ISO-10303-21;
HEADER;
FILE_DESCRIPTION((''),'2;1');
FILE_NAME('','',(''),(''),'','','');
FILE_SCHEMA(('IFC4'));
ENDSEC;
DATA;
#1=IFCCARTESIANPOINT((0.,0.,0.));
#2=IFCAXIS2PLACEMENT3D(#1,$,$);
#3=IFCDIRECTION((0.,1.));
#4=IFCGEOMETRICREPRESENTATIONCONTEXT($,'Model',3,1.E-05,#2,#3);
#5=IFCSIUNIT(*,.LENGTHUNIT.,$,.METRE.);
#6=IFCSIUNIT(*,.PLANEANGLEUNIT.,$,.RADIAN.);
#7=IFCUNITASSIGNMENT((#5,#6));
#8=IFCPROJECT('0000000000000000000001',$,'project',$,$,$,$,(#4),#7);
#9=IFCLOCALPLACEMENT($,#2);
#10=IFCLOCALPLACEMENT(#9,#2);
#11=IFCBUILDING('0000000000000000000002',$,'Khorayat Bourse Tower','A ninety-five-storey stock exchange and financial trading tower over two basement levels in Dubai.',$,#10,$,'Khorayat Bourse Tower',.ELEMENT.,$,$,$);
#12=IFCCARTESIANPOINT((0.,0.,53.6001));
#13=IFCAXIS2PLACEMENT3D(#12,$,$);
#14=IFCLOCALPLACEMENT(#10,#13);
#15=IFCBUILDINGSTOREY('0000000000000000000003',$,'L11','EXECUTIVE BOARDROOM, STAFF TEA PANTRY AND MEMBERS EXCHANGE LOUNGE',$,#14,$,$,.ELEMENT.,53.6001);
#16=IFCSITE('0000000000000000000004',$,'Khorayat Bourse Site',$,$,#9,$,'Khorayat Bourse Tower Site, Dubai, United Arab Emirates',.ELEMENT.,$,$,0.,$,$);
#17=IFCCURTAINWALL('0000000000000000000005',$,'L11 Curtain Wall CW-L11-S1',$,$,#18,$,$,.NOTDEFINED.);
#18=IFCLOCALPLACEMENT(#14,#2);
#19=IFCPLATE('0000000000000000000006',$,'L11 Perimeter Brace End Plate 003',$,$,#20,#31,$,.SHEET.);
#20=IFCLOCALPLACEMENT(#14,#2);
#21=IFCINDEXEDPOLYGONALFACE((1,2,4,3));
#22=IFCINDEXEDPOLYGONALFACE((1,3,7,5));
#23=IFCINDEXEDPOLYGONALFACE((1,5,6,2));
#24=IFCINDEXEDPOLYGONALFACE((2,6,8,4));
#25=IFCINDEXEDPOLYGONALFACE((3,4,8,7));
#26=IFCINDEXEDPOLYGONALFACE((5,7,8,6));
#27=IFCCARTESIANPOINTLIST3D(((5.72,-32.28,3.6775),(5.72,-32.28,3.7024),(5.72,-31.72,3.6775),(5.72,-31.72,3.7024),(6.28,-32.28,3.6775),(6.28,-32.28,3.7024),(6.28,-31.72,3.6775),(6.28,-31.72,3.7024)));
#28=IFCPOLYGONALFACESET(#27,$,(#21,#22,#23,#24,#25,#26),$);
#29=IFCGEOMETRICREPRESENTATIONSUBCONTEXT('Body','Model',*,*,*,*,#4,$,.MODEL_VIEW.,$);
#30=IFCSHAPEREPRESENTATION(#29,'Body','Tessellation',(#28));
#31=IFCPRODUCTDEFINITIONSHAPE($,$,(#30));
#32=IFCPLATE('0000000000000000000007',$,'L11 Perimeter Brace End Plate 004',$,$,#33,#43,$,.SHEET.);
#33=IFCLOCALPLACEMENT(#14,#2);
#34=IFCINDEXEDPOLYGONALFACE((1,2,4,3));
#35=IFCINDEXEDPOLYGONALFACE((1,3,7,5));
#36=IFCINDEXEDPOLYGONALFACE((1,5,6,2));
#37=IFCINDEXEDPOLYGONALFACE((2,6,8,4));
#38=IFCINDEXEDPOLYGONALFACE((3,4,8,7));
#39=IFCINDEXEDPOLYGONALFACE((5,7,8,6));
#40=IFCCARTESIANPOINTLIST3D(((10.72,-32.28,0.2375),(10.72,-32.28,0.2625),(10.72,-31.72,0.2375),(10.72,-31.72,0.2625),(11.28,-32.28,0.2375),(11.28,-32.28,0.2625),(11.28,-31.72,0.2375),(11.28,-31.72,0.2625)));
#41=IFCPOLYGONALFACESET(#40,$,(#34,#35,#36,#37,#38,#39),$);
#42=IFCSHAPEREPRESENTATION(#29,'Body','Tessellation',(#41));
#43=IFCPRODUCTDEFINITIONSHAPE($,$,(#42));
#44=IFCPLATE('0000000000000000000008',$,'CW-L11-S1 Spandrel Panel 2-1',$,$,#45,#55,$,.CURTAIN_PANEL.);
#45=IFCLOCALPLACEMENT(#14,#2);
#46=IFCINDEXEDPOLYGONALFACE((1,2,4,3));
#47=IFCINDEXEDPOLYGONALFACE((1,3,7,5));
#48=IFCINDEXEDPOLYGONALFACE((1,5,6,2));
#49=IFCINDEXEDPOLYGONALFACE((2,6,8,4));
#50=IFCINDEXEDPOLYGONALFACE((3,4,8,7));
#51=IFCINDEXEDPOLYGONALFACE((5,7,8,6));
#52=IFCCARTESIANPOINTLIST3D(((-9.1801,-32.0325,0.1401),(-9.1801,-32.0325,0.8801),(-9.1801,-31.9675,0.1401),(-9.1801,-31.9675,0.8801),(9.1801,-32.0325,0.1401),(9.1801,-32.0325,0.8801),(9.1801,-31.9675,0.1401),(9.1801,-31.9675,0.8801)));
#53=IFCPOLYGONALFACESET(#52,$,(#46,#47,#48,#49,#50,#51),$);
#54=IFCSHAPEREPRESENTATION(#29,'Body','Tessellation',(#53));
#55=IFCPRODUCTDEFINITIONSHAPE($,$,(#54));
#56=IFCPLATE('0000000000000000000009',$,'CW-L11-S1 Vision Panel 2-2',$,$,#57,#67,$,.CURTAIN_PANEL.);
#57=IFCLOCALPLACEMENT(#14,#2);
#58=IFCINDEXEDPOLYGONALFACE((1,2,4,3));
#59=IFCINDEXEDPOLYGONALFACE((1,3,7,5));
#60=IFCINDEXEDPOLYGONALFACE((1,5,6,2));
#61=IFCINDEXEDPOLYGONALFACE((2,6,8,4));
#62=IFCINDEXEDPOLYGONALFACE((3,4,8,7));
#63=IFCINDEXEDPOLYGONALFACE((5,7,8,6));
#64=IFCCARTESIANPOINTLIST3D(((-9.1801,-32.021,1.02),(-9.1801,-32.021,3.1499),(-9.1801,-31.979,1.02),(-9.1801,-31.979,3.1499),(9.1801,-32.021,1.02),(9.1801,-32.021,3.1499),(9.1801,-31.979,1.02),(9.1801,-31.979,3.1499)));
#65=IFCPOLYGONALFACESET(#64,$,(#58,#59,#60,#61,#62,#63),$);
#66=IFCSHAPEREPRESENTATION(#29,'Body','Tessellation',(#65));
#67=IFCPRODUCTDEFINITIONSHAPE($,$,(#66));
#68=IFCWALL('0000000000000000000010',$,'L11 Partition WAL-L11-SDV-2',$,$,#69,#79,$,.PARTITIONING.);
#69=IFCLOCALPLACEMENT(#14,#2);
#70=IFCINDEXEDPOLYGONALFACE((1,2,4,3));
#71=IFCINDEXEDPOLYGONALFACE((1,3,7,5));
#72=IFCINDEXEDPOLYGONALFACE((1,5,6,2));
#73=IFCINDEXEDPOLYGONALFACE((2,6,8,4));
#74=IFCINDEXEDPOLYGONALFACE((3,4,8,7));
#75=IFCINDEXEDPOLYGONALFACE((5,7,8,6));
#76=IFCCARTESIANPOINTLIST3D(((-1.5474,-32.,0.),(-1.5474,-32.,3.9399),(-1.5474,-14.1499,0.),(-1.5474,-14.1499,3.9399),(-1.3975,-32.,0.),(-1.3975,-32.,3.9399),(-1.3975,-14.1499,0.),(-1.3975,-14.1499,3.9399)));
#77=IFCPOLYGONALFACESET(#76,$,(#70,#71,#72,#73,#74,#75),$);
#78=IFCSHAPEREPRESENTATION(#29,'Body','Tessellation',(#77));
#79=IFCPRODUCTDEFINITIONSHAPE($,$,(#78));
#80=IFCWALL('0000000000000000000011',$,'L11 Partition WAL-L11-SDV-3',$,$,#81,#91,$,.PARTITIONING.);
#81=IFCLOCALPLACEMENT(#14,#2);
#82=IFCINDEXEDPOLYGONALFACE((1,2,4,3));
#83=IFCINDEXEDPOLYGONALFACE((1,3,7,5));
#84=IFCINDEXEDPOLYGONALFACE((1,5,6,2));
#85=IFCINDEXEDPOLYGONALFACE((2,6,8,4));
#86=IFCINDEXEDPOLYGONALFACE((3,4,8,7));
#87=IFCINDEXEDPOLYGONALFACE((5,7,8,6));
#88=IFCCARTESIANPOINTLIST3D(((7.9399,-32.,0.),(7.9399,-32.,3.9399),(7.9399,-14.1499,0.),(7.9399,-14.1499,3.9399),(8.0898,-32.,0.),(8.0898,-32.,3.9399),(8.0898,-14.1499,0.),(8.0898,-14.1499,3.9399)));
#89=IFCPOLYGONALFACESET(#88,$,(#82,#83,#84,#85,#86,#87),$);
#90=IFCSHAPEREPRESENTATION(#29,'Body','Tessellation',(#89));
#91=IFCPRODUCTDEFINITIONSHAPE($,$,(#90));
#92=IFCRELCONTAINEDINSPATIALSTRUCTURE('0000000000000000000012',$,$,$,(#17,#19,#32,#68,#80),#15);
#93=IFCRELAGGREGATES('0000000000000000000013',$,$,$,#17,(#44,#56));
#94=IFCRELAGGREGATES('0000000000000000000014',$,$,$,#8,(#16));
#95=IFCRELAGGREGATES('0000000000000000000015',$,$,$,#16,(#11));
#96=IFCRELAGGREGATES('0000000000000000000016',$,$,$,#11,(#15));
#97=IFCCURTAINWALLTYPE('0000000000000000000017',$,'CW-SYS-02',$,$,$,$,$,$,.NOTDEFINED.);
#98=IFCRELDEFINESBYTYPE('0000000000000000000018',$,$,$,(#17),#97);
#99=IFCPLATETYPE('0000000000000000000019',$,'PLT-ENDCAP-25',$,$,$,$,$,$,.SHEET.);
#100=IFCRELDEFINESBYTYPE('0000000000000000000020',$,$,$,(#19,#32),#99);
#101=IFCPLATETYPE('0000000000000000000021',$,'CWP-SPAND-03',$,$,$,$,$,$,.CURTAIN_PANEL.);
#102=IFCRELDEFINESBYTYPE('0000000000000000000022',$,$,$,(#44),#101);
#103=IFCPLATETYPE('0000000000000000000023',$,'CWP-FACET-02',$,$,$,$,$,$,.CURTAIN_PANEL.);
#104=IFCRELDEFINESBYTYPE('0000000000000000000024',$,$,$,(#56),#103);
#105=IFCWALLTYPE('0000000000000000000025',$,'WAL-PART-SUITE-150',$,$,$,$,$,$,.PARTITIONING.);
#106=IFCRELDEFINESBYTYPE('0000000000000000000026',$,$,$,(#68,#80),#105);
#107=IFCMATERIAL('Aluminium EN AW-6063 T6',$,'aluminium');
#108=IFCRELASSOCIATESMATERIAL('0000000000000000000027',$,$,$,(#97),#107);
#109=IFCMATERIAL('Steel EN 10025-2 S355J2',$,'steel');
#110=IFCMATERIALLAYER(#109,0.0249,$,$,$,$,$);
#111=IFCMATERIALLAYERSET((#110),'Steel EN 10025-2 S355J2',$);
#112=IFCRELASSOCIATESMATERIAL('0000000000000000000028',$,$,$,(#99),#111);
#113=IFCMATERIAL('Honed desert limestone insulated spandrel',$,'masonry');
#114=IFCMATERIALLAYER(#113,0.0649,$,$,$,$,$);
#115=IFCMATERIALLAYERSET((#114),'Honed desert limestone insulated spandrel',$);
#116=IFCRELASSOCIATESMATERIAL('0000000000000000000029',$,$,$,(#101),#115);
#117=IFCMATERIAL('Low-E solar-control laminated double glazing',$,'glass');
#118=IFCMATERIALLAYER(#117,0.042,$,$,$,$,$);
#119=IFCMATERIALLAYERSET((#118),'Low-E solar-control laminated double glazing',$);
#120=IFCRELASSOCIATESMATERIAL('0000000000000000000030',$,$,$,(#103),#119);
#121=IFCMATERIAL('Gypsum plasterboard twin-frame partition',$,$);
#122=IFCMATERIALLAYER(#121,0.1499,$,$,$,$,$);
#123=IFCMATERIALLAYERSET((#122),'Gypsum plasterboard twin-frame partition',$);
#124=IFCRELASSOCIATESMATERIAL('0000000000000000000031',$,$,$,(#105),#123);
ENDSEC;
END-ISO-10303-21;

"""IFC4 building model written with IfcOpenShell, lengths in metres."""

from ifc_helpers import new_model, si_unit, direction, frame, frame_2d, origin, origin_2d, place, context, subcontext, project, spatial, rectangle, extrude, source, transform, mapped, material, layer, layer_set, type_object, element, aggregate, save


model = new_model("IFC4")

# Units and contexts
model_context = context("Model", 3, precision=1e-05, world=origin(), true_north=direction((0.0, 1.0)))
body_context = subcontext(model_context, "Body", "Model", "MODEL_VIEW")
ifc_project = project(units=[si_unit("LENGTHUNIT", "METRE"), si_unit("PLANEANGLEUNIT", "RADIAN")], contexts=[model_context])

# Site, building, storey
site_placement = place(None, origin())
site = spatial("IfcSite", under=ifc_project, at=site_placement, Name="Khorayat Bourse Site", LongName="Khorayat Bourse Tower Site, Dubai, United Arab Emirates", CompositionType="ELEMENT", RefElevation=0.0)
building_placement = place(site_placement, origin())
building = spatial("IfcBuilding", under=site, at=building_placement, Name="Khorayat Bourse Tower", Description="A ninety-five-storey stock exchange and financial trading tower over two basement levels in Dubai.", LongName="Khorayat Bourse Tower", CompositionType="ELEMENT")
storey_placement = place(building_placement, frame((0.0, 0.0, 53.6001)))
storey = spatial("IfcBuildingStorey", under=building, at=storey_placement, Name="L11", Description="EXECUTIVE BOARDROOM, STAFF TEA PANTRY AND MEMBERS EXCHANGE LOUNGE", CompositionType="ELEMENT", Elevation=53.6001)

# Curtain wall
ifc_material_1 = material(Name="Aluminium EN AW-6063 T6", Category="aluminium")
curtain_wall_type = type_object("IfcCurtainWallType", Name="CW-SYS-02", PredefinedType="NOTDEFINED", material=ifc_material_1)
curtain_wall_placement = place(storey_placement, origin())
curtain_wall = element("IfcCurtainWall", 1, at=curtain_wall_placement, inside=storey, type_object=curtain_wall_type, Name="L11 Curtain Wall CW-L11-S1", PredefinedType="NOTDEFINED")

# Plates
ifc_material_2 = material(Name="Steel EN 10025-2 S355J2", Category="steel")
ifc_layer_1 = layer(ifc_material_2, 0.0249)
ifc_layer_set_1 = layer_set([ifc_layer_1], Name="Steel EN 10025-2 S355J2")
plate_type_1 = type_object("IfcPlateType", Name="PLT-ENDCAP-25", PredefinedType="SHEET", material=ifc_layer_set_1)
shared_shape_1 = source(origin(), body_context, "Body", "SweptSolid", [
    extrude(rectangle(XDim=0.5601, YDim=0.5601, at=origin_2d()), origin(), (0.0, 0.0, 1.0), 0.0249),
])
for number, where, z_axis, x_axis, name in (
    (2, (6.0, -32.0, 3.6775), (0.0, 0.0, 1.0), (1.0, 0.0, 0.0), "L11 Perimeter Brace End Plate 003"),
    (3, (11.0, -32.0, 0.2375), (0.0, 0.0, 1.0), (1.0, 0.0, 0.0), "L11 Perimeter Brace End Plate 004"),
):
    element("IfcPlate", number, at=place(storey_placement, frame(where, z_axis=z_axis, x_axis=x_axis)), inside=storey, type_object=plate_type_1, Name=name, PredefinedType="SHEET", context=body_context, shape_type="MappedRepresentation", body=[
        mapped(shared_shape_1, transform((0.0, 0.0, 0.0), scale=1.0)),
    ])

# Plates
ifc_material_3 = material(Name="Honed desert limestone insulated spandrel", Category="masonry")
ifc_layer_2 = layer(ifc_material_3, 0.0649)
ifc_layer_set_2 = layer_set([ifc_layer_2], Name="Honed desert limestone insulated spandrel")
plate_type_2 = type_object("IfcPlateType", Name="CWP-SPAND-03", PredefinedType="CURTAIN_PANEL", material=ifc_layer_set_2)
shared_shape_2 = source(origin(), body_context, "Body", "SweptSolid", [
    extrude(rectangle(XDim=18.3601, YDim=0.0649, at=origin_2d()), origin(), (0.0, 0.0, 1.0), 0.74),
])
plate_1_placement = place(storey_placement, frame((0.0, -32.0, 0.1401), z_axis=(0.0, 0.0, 1.0), x_axis=(1.0, 0.0, 0.0)))
plate_1 = element("IfcPlate", 4, at=plate_1_placement, type_object=plate_type_2, Name="CW-L11-S1 Spandrel Panel 2-1", PredefinedType="CURTAIN_PANEL", context=body_context, shape_type="MappedRepresentation", body=[
    mapped(shared_shape_2, transform((0.0, 0.0, 0.0), scale=1.0)),
])
ifc_material_4 = material(Name="Low-E solar-control laminated double glazing", Category="glass")
ifc_layer_3 = layer(ifc_material_4, 0.042)
ifc_layer_set_3 = layer_set([ifc_layer_3], Name="Low-E solar-control laminated double glazing")
plate_type_3 = type_object("IfcPlateType", Name="CWP-FACET-02", PredefinedType="CURTAIN_PANEL", material=ifc_layer_set_3)
shared_shape_3 = source(origin(), body_context, "Body", "SweptSolid", [
    extrude(rectangle(XDim=18.3601, YDim=0.042, at=origin_2d()), origin(), (0.0, 0.0, 1.0), 2.1299),
])
plate_2_placement = place(storey_placement, frame((0.0, -32.0, 1.02), z_axis=(0.0, 0.0, 1.0), x_axis=(1.0, 0.0, 0.0)))
plate_2 = element("IfcPlate", 5, at=plate_2_placement, type_object=plate_type_3, Name="CW-L11-S1 Vision Panel 2-2", PredefinedType="CURTAIN_PANEL", context=body_context, shape_type="MappedRepresentation", body=[
    mapped(shared_shape_3, transform((0.0, 0.0, 0.0), scale=1.0)),
])
aggregate(curtain_wall, [plate_1, plate_2])

# Walls
ifc_material_5 = material(Name="Gypsum plasterboard twin-frame partition")
ifc_layer_4 = layer(ifc_material_5, 0.1499)
ifc_layer_set_4 = layer_set([ifc_layer_4], Name="Gypsum plasterboard twin-frame partition")
wall_type = type_object("IfcWallType", Name="WAL-PART-SUITE-150", PredefinedType="PARTITIONING", material=ifc_layer_set_4)
shared_shape_4 = source(origin(), body_context, "Body", "SweptSolid", [
    extrude(rectangle(XDim=17.8501, YDim=0.1499, at=frame_2d((8.925, 0.0))), origin(), (0.0, 0.0, 1.0), 3.9399),
])
for number, where, z_axis, x_axis, name in (
    (6, (-1.4724, -32.0, 0.0), (0.0, 0.0, 1.0), (0.0, 1.0, 0.0), "L11 Partition WAL-L11-SDV-2"),
    (7, (8.0149, -32.0, 0.0), (0.0, 0.0, 1.0), (0.0, 1.0, 0.0), "L11 Partition WAL-L11-SDV-3"),
):
    element("IfcWall", number, at=place(storey_placement, frame(where, z_axis=z_axis, x_axis=x_axis)), inside=storey, type_object=wall_type, Name=name, PredefinedType="PARTITIONING", context=body_context, shape_type="MappedRepresentation", body=[
        mapped(shared_shape_4, transform((0.0, 0.0, 0.0), scale=1.0)),
    ])

save(model, "model.ifc")
